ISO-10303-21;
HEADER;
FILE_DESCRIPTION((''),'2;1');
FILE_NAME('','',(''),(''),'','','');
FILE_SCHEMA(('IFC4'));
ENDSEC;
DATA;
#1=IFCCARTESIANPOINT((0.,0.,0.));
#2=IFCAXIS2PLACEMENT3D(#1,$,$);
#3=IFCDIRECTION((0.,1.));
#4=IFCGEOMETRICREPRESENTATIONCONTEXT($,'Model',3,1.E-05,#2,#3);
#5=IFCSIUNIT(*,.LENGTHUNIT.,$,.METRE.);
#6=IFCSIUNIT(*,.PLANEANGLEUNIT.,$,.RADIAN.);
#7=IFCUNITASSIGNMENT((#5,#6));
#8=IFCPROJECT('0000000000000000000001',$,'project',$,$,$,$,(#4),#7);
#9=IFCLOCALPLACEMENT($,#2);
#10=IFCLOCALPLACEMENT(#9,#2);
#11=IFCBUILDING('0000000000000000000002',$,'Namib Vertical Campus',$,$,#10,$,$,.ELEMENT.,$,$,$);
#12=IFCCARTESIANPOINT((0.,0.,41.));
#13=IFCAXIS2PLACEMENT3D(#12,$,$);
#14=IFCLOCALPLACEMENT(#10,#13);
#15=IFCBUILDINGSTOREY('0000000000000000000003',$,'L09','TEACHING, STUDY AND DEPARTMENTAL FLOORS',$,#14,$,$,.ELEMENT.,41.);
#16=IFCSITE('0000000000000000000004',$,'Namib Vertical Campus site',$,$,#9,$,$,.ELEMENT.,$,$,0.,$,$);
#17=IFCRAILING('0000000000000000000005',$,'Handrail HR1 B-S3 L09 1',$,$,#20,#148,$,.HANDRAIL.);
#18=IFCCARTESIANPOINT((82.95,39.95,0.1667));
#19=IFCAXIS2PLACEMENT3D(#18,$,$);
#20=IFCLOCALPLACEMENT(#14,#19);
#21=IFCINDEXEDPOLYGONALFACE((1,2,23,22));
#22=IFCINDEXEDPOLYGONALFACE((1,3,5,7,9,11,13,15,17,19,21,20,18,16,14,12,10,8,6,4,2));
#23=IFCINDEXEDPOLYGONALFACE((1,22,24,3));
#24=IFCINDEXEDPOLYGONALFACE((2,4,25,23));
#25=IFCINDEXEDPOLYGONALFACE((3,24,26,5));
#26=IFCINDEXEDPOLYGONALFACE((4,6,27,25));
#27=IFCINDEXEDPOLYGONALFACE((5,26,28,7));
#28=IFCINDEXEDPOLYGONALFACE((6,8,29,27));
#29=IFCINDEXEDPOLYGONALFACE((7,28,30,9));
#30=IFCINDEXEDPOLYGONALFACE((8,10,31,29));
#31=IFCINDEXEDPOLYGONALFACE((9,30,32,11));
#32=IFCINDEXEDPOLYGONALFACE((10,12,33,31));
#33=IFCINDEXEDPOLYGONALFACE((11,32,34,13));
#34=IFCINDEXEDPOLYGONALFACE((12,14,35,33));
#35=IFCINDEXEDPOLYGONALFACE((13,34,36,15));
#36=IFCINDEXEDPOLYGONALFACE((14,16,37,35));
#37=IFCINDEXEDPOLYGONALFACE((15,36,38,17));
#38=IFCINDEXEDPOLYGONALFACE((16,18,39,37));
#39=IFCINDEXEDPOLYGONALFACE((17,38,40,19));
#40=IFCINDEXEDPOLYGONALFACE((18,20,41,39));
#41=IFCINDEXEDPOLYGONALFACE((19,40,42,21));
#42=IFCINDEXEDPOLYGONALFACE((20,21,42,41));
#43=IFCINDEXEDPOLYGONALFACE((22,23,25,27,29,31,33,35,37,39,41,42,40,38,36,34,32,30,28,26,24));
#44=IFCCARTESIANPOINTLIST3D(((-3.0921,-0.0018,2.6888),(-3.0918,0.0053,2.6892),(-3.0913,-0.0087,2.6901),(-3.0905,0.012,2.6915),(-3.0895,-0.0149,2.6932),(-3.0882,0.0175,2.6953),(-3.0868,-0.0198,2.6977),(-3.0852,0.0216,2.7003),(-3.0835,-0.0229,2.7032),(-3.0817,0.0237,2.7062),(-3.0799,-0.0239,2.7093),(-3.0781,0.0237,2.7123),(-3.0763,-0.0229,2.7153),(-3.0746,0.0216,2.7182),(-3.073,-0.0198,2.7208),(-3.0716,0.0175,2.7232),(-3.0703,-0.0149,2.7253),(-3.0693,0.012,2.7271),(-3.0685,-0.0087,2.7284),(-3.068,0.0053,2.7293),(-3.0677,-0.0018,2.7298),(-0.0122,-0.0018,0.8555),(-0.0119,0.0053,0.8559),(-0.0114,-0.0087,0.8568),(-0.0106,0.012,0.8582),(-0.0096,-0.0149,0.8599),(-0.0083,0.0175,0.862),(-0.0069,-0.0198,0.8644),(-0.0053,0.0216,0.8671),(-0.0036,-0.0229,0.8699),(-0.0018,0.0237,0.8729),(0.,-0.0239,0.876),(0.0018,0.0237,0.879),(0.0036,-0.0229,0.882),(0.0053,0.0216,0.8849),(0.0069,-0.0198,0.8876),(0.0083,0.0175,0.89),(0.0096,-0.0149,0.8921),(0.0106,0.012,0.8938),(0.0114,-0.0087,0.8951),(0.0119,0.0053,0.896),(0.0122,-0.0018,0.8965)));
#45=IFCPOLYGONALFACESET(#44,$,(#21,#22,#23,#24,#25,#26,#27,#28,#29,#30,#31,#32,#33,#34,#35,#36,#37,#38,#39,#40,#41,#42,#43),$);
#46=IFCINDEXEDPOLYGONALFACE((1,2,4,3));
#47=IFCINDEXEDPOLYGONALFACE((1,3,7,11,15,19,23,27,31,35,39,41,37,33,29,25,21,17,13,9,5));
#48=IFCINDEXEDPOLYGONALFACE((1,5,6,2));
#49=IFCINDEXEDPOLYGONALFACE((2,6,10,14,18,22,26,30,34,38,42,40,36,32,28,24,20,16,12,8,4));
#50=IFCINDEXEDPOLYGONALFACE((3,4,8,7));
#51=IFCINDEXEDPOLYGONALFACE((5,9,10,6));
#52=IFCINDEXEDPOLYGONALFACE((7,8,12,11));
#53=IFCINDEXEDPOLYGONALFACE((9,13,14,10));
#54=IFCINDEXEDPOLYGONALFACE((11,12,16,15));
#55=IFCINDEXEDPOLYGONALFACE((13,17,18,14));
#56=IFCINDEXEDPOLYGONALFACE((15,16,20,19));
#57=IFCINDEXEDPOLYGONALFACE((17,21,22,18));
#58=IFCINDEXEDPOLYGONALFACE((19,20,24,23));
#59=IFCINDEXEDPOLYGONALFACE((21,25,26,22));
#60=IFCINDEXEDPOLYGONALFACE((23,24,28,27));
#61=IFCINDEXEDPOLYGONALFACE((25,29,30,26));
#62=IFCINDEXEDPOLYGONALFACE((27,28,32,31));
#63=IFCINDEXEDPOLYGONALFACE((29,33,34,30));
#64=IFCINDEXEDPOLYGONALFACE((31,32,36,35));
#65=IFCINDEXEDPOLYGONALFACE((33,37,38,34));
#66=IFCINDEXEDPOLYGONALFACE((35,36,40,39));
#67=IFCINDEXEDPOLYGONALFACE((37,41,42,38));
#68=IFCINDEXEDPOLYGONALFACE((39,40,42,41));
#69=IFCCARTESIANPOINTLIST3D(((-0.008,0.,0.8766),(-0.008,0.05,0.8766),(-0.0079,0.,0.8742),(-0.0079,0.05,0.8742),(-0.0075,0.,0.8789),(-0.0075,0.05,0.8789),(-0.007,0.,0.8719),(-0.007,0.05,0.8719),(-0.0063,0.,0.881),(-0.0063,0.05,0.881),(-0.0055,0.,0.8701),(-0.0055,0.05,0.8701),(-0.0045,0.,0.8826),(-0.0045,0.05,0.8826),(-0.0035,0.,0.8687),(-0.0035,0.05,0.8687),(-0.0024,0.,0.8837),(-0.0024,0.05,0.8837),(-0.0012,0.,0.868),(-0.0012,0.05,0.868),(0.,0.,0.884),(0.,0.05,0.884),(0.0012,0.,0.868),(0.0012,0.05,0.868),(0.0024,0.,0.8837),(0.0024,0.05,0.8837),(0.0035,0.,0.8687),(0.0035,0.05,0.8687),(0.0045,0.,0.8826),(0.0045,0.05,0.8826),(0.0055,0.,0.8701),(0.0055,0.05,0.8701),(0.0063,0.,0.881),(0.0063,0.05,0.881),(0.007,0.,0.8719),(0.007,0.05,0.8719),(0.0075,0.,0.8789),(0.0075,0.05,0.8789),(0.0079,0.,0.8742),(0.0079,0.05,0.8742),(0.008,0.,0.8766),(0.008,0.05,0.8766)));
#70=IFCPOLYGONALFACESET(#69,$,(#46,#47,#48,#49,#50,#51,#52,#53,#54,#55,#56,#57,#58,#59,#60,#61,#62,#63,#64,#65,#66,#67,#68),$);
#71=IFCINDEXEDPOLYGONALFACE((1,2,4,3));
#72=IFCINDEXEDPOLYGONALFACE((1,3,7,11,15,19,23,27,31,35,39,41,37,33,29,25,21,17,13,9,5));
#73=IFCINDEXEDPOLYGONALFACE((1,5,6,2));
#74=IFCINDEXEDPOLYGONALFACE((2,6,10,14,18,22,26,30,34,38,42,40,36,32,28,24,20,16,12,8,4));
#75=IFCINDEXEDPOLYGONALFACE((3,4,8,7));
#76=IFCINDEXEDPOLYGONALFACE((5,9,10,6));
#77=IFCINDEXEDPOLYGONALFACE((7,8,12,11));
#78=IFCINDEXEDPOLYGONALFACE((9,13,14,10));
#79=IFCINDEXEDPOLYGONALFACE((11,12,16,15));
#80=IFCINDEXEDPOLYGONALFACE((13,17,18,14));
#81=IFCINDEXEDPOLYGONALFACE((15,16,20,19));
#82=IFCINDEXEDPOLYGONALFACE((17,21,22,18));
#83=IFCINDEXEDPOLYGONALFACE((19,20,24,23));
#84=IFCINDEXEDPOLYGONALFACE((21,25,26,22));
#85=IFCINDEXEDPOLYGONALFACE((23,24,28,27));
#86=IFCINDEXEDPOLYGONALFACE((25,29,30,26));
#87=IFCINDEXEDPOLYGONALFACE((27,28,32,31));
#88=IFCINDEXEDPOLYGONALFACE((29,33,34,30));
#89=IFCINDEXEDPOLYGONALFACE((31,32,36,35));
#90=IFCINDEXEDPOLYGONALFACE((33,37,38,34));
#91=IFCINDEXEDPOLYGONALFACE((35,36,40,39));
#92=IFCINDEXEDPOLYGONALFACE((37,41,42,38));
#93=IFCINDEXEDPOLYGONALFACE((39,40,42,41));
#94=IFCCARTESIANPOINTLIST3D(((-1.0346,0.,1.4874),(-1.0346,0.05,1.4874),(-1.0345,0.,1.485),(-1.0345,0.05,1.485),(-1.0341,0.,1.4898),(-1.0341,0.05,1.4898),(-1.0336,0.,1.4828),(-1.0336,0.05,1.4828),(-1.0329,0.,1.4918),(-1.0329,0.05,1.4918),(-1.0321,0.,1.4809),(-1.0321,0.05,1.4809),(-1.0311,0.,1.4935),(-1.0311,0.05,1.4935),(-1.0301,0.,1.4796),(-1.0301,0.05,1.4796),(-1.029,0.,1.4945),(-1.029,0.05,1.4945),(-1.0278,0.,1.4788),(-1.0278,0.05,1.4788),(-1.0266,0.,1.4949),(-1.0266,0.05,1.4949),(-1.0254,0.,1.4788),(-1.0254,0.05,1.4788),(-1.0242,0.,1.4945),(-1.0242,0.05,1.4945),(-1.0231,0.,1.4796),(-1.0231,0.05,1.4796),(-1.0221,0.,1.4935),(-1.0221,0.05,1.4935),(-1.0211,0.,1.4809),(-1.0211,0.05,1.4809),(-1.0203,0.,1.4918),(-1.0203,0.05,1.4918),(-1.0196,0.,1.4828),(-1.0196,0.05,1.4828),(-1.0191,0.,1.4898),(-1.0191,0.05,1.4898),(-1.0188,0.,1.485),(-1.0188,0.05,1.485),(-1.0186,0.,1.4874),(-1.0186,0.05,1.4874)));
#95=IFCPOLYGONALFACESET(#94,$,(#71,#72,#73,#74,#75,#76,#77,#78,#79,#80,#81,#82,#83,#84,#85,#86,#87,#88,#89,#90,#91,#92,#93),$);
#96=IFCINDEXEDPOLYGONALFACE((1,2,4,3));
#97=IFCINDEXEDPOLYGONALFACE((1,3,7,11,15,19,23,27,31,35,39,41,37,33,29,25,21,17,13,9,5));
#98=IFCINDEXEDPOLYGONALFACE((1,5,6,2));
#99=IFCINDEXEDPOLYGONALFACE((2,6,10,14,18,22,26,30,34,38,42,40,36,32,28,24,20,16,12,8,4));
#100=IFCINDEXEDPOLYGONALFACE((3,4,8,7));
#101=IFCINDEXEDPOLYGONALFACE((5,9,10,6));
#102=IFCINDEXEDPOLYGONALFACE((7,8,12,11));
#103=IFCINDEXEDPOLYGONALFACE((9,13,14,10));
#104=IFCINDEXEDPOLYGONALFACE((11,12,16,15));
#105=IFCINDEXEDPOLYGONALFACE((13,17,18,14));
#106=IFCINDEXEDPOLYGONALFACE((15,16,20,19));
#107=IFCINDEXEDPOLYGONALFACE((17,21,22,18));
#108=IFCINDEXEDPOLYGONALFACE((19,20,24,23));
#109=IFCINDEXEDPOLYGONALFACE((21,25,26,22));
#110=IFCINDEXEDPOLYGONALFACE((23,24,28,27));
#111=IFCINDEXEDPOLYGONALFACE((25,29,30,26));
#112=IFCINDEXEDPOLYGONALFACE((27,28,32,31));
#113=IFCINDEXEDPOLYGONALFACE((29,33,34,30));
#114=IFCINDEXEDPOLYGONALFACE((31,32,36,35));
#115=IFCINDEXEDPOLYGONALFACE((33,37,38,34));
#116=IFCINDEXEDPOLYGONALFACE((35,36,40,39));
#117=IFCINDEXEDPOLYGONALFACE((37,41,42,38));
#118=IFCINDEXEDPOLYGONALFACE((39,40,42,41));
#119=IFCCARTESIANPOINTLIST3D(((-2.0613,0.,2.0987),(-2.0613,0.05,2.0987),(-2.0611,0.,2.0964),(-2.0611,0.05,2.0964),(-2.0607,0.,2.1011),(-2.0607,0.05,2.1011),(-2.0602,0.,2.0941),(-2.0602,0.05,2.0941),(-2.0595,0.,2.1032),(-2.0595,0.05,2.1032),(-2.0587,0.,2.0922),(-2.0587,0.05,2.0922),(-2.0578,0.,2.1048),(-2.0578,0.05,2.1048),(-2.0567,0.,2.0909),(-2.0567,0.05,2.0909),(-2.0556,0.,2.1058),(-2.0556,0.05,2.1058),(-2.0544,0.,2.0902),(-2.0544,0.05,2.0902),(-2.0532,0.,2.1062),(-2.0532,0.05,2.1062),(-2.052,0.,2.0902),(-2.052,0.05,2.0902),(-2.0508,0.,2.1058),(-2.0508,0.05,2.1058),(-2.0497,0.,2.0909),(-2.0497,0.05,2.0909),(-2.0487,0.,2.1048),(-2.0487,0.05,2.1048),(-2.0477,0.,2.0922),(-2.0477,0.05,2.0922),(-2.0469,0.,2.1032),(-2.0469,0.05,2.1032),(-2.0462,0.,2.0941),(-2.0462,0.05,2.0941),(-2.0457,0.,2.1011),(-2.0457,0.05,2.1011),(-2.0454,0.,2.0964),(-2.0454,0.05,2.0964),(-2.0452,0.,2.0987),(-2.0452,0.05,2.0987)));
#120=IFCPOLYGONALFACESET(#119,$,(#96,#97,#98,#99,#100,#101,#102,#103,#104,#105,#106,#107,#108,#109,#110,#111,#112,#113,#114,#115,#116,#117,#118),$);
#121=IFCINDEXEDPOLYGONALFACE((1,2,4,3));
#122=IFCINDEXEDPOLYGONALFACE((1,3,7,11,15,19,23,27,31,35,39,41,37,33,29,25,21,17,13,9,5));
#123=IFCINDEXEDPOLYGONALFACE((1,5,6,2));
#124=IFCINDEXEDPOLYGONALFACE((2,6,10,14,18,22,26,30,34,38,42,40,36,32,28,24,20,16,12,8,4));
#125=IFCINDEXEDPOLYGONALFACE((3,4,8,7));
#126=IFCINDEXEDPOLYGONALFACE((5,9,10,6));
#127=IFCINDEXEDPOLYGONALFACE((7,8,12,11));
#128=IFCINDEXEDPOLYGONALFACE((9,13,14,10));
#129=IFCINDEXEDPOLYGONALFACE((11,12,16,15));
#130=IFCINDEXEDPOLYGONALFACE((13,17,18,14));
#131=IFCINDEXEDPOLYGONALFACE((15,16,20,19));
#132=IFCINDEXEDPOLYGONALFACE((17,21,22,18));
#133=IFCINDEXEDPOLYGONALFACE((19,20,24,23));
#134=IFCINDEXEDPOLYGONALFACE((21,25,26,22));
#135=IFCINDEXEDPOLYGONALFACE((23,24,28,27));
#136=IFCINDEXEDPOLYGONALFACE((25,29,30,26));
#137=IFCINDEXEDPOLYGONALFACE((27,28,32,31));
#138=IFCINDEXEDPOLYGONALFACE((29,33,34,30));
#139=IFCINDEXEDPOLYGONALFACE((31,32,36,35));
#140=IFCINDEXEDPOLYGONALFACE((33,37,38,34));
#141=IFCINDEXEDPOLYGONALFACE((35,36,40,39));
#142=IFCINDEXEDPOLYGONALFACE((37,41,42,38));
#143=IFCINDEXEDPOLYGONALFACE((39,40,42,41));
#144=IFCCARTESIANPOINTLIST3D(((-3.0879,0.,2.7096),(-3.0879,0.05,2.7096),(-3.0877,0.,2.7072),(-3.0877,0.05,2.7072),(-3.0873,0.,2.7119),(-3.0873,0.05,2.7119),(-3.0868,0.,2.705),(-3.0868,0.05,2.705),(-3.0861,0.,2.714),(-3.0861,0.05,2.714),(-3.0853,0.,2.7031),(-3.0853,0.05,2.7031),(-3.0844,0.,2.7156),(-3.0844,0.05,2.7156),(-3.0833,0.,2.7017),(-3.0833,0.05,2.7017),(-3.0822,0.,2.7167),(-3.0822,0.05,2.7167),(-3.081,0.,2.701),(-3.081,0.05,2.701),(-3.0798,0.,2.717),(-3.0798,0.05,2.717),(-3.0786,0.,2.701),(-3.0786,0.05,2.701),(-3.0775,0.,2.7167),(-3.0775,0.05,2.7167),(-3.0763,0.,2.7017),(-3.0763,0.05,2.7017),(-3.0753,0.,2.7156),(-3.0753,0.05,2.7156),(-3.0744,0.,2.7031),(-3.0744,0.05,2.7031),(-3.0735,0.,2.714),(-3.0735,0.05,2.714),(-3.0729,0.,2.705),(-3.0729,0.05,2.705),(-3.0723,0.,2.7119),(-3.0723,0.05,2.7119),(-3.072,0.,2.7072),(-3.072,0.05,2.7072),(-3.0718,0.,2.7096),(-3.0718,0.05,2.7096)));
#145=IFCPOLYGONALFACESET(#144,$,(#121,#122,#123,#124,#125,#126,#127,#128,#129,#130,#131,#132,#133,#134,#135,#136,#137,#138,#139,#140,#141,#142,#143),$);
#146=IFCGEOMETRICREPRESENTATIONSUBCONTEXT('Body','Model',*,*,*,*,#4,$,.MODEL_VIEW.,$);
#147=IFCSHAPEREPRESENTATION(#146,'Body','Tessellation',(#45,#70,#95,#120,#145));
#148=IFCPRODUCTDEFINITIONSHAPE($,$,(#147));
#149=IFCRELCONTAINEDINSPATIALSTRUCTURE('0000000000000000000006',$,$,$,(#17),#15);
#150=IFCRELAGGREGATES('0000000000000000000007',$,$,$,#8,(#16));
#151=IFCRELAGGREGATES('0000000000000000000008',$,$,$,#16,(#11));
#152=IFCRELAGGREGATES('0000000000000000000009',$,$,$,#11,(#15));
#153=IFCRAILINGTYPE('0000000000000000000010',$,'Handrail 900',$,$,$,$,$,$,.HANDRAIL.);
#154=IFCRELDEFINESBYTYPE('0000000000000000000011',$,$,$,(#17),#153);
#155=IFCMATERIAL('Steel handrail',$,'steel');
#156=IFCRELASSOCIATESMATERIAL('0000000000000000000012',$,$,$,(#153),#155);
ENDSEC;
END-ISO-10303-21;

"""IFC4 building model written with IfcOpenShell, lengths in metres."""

from ifc_helpers import new_model, si_unit, direction, frame, origin, origin_2d, place, context, subcontext, project, spatial, circle, extrude, material, type_object, element, save


model = new_model("IFC4")

# Units and contexts
model_context = context("Model", 3, precision=1e-05, world=origin(), true_north=direction((0.0, 1.0)))
body_context = subcontext(model_context, "Body", "Model", "MODEL_VIEW")
ifc_project = project(units=[si_unit("LENGTHUNIT", "METRE"), si_unit("PLANEANGLEUNIT", "RADIAN")], contexts=[model_context])

# Site, building, storey
site_placement = place(None, origin())
site = spatial("IfcSite", under=ifc_project, at=site_placement, Name="Namib Vertical Campus site", CompositionType="ELEMENT", RefElevation=0.0)
building_placement = place(site_placement, origin())
building = spatial("IfcBuilding", under=site, at=building_placement, Name="Namib Vertical Campus", CompositionType="ELEMENT")
storey_placement = place(building_placement, frame((0.0, 0.0, 41.0)))
storey = spatial("IfcBuildingStorey", under=building, at=storey_placement, Name="L09", Description="TEACHING, STUDY AND DEPARTMENTAL FLOORS", CompositionType="ELEMENT", Elevation=41.0)

# Railing
ifc_material_1 = material(Name="Steel handrail", Category="steel")
railing_type_1 = type_object("IfcRailingType", Name="Handrail 900", PredefinedType="HANDRAIL", material=ifc_material_1)
railing_1_placement = place(storey_placement, frame((82.95, 39.95, 0.1667)))
element("IfcRailing", 1, at=railing_1_placement, inside=storey, type_object=railing_type_1, Name="Handrail HR1 B-S3 L09 1", PredefinedType="HANDRAIL", context=body_context, shape_type="SweptSolid", body=[
    extrude(circle(Radius=0.0239, at=origin_2d()), frame((0.0, 0.0, 0.876), z_axis=(-0.859291, 0.0, 0.511487), x_axis=(0.0, -1.0, 0.0)), (0.0, 0.0, 1.0), 3.5842),
    extrude(circle(Radius=0.0081, at=origin_2d()), frame((0.0, 0.0, 0.876), z_axis=(0.0, 1.0, 0.0), x_axis=(0.0, 0.0, 1.0)), (0.0, 0.0, 1.0), 0.05),
    extrude(circle(Radius=0.0081, at=origin_2d()), frame((-1.0266, 0.0, 1.4868), z_axis=(0.0, 1.0, 0.0), x_axis=(0.0, 0.0, 1.0)), (0.0, 0.0, 1.0), 0.05),
    extrude(circle(Radius=0.0081, at=origin_2d()), frame((-2.0532, 0.0, 2.0981), z_axis=(0.0, 1.0, 0.0), x_axis=(0.0, 0.0, 1.0)), (0.0, 0.0, 1.0), 0.05),
    extrude(circle(Radius=0.0081, at=origin_2d()), frame((-3.0798, 0.0, 2.709), z_axis=(0.0, 1.0, 0.0), x_axis=(0.0, 0.0, 1.0)), (0.0, 0.0, 1.0), 0.05),
])

save(model, "model.ifc")
